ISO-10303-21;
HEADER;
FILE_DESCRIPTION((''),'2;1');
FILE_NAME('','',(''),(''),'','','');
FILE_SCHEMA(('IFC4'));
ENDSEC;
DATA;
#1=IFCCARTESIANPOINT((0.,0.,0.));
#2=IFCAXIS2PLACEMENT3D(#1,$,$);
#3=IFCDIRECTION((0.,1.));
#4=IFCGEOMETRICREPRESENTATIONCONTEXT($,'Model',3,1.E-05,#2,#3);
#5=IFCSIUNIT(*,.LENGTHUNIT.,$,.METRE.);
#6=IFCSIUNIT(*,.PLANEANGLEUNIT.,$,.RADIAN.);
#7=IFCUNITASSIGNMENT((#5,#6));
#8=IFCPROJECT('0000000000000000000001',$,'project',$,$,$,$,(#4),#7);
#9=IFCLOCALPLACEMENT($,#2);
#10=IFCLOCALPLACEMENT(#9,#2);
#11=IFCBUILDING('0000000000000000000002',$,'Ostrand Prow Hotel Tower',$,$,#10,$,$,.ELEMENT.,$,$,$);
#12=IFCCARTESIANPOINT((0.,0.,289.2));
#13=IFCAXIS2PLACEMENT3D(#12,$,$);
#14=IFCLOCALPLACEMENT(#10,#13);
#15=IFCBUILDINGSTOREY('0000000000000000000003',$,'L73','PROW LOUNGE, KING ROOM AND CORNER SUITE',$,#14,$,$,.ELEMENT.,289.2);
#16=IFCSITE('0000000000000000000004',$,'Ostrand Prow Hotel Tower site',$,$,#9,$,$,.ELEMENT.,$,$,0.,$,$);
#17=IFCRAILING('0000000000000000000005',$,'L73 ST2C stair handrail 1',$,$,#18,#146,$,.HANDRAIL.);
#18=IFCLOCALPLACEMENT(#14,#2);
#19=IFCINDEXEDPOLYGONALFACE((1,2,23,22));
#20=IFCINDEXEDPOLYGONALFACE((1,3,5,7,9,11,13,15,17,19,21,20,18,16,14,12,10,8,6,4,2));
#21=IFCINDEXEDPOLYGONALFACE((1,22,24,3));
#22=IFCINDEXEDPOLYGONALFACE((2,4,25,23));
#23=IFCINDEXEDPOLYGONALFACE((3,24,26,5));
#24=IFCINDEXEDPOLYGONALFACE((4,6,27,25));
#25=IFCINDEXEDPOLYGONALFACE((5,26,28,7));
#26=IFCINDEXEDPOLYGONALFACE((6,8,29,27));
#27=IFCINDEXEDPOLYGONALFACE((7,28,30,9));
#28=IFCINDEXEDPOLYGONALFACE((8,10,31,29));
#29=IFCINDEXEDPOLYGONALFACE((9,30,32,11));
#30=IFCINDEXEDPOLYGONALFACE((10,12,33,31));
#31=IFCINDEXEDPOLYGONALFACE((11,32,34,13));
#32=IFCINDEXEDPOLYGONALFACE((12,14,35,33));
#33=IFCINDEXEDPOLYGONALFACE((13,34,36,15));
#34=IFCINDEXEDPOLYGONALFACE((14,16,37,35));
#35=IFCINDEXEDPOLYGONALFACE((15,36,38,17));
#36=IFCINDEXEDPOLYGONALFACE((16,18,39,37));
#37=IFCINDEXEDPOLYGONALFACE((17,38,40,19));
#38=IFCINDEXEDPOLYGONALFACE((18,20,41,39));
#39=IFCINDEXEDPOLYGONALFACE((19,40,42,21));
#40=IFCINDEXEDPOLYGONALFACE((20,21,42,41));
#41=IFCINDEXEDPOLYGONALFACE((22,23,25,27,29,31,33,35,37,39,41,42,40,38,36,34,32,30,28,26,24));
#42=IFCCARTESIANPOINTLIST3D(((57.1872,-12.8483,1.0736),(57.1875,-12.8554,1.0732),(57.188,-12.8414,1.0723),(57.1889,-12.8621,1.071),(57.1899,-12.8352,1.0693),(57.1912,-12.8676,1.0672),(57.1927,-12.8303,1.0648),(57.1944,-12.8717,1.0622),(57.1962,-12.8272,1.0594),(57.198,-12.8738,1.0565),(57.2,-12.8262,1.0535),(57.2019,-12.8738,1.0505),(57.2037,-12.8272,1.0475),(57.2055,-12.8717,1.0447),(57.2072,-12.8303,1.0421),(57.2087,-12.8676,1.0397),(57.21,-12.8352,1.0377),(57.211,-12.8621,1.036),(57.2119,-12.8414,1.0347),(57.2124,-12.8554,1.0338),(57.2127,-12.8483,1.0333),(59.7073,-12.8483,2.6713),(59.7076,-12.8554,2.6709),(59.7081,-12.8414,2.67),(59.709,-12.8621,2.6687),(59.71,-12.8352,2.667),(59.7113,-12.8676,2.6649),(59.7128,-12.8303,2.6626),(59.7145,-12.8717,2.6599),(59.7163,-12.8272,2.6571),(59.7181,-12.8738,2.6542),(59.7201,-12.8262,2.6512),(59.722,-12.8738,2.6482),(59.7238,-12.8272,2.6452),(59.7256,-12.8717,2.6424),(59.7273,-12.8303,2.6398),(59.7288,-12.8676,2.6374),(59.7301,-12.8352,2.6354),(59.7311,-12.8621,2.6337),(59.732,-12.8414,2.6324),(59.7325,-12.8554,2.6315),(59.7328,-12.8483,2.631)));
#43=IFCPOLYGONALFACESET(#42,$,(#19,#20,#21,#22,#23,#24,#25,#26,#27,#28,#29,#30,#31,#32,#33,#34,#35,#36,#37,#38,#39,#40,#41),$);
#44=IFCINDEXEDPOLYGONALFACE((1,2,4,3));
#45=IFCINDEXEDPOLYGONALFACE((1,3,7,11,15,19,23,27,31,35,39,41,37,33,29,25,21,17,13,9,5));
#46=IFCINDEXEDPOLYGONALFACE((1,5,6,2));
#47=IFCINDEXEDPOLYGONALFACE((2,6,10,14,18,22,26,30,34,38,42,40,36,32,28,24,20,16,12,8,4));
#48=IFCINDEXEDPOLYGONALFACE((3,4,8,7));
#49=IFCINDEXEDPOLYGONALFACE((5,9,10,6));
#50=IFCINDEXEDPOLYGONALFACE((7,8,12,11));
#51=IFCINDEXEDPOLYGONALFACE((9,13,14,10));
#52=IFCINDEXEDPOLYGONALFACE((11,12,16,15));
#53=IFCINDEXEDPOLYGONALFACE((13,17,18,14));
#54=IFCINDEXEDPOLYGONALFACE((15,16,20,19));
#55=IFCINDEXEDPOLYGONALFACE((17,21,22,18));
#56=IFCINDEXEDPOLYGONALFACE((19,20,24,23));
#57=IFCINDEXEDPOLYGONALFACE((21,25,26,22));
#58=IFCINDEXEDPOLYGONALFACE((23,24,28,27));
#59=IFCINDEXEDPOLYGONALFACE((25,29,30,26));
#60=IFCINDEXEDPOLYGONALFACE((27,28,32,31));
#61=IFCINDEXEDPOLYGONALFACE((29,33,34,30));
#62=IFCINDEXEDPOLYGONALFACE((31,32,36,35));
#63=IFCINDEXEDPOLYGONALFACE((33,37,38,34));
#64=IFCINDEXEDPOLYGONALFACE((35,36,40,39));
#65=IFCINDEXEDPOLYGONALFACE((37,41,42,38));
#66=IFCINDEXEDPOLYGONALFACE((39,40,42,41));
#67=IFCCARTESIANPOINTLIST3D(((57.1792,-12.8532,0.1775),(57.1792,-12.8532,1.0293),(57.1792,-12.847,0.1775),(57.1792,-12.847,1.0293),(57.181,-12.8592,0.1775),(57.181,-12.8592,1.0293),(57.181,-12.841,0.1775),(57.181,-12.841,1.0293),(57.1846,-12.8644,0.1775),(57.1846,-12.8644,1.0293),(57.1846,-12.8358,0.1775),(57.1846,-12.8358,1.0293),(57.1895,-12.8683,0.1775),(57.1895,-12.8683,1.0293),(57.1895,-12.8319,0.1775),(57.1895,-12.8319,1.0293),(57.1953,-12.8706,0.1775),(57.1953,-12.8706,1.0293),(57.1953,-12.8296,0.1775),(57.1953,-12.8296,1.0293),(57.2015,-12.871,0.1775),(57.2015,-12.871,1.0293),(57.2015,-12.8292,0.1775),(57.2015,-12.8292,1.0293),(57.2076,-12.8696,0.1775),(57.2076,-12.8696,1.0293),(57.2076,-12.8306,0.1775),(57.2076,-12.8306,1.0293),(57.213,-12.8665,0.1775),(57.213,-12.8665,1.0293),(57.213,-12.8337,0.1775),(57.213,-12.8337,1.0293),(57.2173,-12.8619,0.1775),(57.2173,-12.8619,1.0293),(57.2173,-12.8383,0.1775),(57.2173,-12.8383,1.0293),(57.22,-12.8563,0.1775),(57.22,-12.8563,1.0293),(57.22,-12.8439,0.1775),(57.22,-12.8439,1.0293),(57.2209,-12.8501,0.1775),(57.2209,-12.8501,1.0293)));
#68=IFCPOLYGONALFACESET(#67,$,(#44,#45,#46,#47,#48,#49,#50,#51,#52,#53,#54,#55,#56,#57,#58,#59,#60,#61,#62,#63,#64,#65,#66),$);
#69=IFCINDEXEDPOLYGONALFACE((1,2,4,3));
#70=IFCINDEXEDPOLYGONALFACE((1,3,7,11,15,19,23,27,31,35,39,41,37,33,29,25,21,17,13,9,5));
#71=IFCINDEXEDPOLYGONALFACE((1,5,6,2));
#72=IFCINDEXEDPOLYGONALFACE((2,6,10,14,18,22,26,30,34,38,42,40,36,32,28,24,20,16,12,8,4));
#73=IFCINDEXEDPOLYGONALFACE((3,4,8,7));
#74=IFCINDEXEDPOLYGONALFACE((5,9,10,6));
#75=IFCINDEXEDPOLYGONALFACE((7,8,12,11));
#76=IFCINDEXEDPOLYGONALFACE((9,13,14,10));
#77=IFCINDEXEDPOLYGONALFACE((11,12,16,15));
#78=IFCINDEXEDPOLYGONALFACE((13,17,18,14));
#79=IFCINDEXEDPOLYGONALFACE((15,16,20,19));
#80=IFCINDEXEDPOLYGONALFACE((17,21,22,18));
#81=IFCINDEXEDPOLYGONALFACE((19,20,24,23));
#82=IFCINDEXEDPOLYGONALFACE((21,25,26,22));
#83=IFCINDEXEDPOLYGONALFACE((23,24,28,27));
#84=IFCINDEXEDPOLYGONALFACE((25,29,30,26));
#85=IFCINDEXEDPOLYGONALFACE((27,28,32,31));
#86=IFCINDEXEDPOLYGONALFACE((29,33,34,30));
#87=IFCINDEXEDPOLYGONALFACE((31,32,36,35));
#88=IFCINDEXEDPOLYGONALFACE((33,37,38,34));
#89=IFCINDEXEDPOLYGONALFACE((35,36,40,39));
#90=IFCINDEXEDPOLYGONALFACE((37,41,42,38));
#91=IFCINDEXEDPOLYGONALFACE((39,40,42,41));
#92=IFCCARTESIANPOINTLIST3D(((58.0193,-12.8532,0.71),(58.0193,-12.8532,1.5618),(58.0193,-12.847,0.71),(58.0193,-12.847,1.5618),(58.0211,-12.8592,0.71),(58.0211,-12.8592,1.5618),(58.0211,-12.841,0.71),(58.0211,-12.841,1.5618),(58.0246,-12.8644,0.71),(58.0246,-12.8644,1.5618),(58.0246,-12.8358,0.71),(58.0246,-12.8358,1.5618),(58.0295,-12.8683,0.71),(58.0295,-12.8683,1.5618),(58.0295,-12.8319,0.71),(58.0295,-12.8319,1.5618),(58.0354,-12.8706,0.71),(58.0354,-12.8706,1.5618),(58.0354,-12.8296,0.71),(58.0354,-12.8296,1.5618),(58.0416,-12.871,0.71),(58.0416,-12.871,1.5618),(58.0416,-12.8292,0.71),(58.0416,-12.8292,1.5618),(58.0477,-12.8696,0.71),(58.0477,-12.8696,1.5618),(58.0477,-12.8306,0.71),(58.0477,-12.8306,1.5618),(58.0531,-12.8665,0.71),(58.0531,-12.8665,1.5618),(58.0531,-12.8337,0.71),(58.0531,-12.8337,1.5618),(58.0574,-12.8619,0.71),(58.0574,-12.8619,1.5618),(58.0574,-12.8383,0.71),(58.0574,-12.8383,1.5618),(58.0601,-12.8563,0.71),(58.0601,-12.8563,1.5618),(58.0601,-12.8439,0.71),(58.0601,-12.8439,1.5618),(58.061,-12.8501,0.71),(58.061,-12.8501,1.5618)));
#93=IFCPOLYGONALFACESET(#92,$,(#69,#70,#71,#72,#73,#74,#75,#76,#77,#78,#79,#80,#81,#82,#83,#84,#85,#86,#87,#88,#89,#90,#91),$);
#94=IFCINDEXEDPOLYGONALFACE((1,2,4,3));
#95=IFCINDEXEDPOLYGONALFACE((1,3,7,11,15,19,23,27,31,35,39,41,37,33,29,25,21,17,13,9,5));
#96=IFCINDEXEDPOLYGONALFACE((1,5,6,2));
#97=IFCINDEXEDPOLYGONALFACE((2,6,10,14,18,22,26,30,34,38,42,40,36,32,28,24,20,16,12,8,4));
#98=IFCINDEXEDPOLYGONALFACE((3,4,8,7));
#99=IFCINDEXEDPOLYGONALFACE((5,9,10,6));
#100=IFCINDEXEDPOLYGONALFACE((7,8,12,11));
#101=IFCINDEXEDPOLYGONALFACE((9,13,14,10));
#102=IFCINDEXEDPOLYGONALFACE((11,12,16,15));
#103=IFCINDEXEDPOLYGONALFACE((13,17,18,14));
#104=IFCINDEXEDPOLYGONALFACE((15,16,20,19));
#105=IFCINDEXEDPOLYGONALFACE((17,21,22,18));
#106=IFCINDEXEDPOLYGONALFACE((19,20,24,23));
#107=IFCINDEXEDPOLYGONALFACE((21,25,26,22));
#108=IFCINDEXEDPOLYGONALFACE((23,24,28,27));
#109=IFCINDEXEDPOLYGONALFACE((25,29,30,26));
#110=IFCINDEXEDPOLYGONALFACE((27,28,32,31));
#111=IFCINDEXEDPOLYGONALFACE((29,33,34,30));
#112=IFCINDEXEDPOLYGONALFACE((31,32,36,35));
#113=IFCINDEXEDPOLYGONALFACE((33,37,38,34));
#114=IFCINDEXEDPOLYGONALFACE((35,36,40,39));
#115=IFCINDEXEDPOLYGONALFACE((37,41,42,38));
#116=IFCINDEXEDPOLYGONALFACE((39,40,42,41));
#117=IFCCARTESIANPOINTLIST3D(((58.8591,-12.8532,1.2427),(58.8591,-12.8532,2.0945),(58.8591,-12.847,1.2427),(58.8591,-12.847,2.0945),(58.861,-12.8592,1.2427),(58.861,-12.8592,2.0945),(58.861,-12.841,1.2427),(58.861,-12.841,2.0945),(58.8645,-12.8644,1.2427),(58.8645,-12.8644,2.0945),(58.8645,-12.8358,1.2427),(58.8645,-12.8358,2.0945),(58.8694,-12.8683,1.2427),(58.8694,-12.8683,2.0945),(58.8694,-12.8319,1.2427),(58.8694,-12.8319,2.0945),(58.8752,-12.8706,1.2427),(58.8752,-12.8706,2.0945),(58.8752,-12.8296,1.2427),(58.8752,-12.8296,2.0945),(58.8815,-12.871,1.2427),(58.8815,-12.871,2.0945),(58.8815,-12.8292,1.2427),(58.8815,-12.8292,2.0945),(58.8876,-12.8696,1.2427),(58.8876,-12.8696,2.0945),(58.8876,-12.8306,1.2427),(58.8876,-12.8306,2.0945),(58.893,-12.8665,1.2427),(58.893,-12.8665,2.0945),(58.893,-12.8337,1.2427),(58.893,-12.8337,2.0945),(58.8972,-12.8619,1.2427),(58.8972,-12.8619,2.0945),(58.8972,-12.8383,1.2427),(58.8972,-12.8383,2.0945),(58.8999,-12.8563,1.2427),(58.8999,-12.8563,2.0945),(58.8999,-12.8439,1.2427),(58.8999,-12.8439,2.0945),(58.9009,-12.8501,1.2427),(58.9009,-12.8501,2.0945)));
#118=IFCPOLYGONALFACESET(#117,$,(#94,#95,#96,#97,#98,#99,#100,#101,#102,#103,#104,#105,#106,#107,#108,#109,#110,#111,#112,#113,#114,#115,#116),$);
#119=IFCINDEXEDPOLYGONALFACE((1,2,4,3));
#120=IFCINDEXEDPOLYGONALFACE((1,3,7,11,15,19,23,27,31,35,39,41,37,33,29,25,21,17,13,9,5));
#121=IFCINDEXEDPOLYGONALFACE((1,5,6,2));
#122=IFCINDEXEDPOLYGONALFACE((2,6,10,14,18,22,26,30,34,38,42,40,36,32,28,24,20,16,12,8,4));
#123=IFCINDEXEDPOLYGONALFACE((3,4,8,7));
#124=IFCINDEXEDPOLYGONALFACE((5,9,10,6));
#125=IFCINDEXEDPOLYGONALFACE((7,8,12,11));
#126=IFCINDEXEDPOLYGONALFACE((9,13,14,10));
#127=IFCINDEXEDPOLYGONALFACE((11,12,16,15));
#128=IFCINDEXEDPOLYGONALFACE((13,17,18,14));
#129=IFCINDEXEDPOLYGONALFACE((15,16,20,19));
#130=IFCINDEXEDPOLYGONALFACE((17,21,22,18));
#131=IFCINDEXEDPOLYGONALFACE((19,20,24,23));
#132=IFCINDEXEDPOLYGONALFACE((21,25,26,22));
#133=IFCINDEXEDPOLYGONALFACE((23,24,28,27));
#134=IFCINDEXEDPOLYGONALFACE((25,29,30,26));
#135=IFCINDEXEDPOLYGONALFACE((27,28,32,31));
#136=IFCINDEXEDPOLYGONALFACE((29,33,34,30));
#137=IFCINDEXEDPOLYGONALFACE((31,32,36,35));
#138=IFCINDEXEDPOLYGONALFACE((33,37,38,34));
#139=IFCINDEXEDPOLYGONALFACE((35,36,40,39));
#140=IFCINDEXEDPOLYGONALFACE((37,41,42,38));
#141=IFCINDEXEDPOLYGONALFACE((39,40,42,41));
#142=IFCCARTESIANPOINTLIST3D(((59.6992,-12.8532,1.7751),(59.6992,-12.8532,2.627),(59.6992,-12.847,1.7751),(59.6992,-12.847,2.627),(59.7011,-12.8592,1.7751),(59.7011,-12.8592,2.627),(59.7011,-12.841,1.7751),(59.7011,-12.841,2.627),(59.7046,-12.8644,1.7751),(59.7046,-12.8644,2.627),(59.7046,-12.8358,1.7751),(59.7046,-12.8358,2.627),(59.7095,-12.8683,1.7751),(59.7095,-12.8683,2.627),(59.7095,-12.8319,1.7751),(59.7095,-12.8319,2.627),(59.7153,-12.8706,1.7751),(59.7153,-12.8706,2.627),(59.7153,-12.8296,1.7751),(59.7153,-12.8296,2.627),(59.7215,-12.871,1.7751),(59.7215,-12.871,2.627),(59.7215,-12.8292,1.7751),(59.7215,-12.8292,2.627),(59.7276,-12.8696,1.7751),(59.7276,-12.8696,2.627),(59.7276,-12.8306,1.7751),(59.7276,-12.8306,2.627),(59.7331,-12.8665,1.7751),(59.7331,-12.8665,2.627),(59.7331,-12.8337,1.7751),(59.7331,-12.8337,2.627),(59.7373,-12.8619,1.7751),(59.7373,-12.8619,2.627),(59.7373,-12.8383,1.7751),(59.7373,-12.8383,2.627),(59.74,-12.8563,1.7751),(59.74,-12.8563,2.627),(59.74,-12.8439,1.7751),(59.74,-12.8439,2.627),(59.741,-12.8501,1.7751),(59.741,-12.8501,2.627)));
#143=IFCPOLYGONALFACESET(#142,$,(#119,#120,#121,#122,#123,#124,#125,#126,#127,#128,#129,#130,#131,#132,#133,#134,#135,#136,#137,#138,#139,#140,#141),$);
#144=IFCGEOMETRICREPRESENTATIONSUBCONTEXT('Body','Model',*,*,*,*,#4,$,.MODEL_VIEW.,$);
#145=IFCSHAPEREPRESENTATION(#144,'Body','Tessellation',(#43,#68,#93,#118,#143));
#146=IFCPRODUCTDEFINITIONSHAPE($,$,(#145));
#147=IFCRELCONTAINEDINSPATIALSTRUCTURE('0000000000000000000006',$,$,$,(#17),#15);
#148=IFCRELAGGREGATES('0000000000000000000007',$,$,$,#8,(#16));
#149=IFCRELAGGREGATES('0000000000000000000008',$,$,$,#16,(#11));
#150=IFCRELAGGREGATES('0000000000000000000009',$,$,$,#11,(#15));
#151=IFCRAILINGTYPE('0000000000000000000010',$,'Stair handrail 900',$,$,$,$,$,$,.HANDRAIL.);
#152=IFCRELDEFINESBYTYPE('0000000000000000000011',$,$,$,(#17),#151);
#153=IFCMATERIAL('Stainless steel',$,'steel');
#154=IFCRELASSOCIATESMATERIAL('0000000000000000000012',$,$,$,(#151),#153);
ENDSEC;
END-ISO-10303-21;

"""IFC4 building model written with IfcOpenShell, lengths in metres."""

from ifc_helpers import new_model, si_unit, direction, frame, origin, origin_2d, place, context, subcontext, project, spatial, circle, extrude, material, type_object, element, save


model = new_model("IFC4")

# Units and contexts
model_context = context("Model", 3, precision=1e-05, world=origin(), true_north=direction((0.0, 1.0)))
body_context = subcontext(model_context, "Body", "Model", "MODEL_VIEW")
ifc_project = project(units=[si_unit("LENGTHUNIT", "METRE"), si_unit("PLANEANGLEUNIT", "RADIAN")], contexts=[model_context])

# Site, building, storey
site_placement = place(None, origin())
site = spatial("IfcSite", under=ifc_project, at=site_placement, Name="Ostrand Prow Hotel Tower site", CompositionType="ELEMENT", RefElevation=0.0)
building_placement = place(site_placement, origin())
building = spatial("IfcBuilding", under=site, at=building_placement, Name="Ostrand Prow Hotel Tower", CompositionType="ELEMENT")
storey_placement = place(building_placement, frame((0.0, 0.0, 289.2)))
storey = spatial("IfcBuildingStorey", under=building, at=storey_placement, Name="L73", Description="PROW LOUNGE, KING ROOM AND CORNER SUITE", CompositionType="ELEMENT", Elevation=289.2)

# Railing
ifc_material_1 = material(Name="Stainless steel", Category="steel")
railing_type_1 = type_object("IfcRailingType", Name="Stair handrail 900", PredefinedType="HANDRAIL", material=ifc_material_1)
railing_1_placement = place(storey_placement, frame((57.2, -12.8501, 0.1775)))
element("IfcRailing", 1, at=railing_1_placement, inside=storey, type_object=railing_type_1, Name="L73 ST2C stair handrail 1", PredefinedType="HANDRAIL", context=body_context, shape_type="SweptSolid", body=[
    extrude(circle(Radius=0.0239, at=origin_2d()), frame((0.0, 0.0, 0.876), z_axis=(0.84457, 0.0, 0.535445), x_axis=(0.0, 1.0, 0.0)), (0.0, 0.0, 1.0), 2.9839),
    extrude(circle(Radius=0.021, at=origin_2d()), origin(), (0.0, 0.0, 1.0), 0.8518),
    extrude(circle(Radius=0.021, at=origin_2d()), frame((0.8401, 0.0, 0.5325)), (0.0, 0.0, 1.0), 0.8518),
    extrude(circle(Radius=0.021, at=origin_2d()), frame((1.6799, 0.0, 1.0652)), (0.0, 0.0, 1.0), 0.8518),
    extrude(circle(Radius=0.021, at=origin_2d()), frame((2.52, 0.0, 1.5977)), (0.0, 0.0, 1.0), 0.8518),
])

save(model, "model.ifc")
